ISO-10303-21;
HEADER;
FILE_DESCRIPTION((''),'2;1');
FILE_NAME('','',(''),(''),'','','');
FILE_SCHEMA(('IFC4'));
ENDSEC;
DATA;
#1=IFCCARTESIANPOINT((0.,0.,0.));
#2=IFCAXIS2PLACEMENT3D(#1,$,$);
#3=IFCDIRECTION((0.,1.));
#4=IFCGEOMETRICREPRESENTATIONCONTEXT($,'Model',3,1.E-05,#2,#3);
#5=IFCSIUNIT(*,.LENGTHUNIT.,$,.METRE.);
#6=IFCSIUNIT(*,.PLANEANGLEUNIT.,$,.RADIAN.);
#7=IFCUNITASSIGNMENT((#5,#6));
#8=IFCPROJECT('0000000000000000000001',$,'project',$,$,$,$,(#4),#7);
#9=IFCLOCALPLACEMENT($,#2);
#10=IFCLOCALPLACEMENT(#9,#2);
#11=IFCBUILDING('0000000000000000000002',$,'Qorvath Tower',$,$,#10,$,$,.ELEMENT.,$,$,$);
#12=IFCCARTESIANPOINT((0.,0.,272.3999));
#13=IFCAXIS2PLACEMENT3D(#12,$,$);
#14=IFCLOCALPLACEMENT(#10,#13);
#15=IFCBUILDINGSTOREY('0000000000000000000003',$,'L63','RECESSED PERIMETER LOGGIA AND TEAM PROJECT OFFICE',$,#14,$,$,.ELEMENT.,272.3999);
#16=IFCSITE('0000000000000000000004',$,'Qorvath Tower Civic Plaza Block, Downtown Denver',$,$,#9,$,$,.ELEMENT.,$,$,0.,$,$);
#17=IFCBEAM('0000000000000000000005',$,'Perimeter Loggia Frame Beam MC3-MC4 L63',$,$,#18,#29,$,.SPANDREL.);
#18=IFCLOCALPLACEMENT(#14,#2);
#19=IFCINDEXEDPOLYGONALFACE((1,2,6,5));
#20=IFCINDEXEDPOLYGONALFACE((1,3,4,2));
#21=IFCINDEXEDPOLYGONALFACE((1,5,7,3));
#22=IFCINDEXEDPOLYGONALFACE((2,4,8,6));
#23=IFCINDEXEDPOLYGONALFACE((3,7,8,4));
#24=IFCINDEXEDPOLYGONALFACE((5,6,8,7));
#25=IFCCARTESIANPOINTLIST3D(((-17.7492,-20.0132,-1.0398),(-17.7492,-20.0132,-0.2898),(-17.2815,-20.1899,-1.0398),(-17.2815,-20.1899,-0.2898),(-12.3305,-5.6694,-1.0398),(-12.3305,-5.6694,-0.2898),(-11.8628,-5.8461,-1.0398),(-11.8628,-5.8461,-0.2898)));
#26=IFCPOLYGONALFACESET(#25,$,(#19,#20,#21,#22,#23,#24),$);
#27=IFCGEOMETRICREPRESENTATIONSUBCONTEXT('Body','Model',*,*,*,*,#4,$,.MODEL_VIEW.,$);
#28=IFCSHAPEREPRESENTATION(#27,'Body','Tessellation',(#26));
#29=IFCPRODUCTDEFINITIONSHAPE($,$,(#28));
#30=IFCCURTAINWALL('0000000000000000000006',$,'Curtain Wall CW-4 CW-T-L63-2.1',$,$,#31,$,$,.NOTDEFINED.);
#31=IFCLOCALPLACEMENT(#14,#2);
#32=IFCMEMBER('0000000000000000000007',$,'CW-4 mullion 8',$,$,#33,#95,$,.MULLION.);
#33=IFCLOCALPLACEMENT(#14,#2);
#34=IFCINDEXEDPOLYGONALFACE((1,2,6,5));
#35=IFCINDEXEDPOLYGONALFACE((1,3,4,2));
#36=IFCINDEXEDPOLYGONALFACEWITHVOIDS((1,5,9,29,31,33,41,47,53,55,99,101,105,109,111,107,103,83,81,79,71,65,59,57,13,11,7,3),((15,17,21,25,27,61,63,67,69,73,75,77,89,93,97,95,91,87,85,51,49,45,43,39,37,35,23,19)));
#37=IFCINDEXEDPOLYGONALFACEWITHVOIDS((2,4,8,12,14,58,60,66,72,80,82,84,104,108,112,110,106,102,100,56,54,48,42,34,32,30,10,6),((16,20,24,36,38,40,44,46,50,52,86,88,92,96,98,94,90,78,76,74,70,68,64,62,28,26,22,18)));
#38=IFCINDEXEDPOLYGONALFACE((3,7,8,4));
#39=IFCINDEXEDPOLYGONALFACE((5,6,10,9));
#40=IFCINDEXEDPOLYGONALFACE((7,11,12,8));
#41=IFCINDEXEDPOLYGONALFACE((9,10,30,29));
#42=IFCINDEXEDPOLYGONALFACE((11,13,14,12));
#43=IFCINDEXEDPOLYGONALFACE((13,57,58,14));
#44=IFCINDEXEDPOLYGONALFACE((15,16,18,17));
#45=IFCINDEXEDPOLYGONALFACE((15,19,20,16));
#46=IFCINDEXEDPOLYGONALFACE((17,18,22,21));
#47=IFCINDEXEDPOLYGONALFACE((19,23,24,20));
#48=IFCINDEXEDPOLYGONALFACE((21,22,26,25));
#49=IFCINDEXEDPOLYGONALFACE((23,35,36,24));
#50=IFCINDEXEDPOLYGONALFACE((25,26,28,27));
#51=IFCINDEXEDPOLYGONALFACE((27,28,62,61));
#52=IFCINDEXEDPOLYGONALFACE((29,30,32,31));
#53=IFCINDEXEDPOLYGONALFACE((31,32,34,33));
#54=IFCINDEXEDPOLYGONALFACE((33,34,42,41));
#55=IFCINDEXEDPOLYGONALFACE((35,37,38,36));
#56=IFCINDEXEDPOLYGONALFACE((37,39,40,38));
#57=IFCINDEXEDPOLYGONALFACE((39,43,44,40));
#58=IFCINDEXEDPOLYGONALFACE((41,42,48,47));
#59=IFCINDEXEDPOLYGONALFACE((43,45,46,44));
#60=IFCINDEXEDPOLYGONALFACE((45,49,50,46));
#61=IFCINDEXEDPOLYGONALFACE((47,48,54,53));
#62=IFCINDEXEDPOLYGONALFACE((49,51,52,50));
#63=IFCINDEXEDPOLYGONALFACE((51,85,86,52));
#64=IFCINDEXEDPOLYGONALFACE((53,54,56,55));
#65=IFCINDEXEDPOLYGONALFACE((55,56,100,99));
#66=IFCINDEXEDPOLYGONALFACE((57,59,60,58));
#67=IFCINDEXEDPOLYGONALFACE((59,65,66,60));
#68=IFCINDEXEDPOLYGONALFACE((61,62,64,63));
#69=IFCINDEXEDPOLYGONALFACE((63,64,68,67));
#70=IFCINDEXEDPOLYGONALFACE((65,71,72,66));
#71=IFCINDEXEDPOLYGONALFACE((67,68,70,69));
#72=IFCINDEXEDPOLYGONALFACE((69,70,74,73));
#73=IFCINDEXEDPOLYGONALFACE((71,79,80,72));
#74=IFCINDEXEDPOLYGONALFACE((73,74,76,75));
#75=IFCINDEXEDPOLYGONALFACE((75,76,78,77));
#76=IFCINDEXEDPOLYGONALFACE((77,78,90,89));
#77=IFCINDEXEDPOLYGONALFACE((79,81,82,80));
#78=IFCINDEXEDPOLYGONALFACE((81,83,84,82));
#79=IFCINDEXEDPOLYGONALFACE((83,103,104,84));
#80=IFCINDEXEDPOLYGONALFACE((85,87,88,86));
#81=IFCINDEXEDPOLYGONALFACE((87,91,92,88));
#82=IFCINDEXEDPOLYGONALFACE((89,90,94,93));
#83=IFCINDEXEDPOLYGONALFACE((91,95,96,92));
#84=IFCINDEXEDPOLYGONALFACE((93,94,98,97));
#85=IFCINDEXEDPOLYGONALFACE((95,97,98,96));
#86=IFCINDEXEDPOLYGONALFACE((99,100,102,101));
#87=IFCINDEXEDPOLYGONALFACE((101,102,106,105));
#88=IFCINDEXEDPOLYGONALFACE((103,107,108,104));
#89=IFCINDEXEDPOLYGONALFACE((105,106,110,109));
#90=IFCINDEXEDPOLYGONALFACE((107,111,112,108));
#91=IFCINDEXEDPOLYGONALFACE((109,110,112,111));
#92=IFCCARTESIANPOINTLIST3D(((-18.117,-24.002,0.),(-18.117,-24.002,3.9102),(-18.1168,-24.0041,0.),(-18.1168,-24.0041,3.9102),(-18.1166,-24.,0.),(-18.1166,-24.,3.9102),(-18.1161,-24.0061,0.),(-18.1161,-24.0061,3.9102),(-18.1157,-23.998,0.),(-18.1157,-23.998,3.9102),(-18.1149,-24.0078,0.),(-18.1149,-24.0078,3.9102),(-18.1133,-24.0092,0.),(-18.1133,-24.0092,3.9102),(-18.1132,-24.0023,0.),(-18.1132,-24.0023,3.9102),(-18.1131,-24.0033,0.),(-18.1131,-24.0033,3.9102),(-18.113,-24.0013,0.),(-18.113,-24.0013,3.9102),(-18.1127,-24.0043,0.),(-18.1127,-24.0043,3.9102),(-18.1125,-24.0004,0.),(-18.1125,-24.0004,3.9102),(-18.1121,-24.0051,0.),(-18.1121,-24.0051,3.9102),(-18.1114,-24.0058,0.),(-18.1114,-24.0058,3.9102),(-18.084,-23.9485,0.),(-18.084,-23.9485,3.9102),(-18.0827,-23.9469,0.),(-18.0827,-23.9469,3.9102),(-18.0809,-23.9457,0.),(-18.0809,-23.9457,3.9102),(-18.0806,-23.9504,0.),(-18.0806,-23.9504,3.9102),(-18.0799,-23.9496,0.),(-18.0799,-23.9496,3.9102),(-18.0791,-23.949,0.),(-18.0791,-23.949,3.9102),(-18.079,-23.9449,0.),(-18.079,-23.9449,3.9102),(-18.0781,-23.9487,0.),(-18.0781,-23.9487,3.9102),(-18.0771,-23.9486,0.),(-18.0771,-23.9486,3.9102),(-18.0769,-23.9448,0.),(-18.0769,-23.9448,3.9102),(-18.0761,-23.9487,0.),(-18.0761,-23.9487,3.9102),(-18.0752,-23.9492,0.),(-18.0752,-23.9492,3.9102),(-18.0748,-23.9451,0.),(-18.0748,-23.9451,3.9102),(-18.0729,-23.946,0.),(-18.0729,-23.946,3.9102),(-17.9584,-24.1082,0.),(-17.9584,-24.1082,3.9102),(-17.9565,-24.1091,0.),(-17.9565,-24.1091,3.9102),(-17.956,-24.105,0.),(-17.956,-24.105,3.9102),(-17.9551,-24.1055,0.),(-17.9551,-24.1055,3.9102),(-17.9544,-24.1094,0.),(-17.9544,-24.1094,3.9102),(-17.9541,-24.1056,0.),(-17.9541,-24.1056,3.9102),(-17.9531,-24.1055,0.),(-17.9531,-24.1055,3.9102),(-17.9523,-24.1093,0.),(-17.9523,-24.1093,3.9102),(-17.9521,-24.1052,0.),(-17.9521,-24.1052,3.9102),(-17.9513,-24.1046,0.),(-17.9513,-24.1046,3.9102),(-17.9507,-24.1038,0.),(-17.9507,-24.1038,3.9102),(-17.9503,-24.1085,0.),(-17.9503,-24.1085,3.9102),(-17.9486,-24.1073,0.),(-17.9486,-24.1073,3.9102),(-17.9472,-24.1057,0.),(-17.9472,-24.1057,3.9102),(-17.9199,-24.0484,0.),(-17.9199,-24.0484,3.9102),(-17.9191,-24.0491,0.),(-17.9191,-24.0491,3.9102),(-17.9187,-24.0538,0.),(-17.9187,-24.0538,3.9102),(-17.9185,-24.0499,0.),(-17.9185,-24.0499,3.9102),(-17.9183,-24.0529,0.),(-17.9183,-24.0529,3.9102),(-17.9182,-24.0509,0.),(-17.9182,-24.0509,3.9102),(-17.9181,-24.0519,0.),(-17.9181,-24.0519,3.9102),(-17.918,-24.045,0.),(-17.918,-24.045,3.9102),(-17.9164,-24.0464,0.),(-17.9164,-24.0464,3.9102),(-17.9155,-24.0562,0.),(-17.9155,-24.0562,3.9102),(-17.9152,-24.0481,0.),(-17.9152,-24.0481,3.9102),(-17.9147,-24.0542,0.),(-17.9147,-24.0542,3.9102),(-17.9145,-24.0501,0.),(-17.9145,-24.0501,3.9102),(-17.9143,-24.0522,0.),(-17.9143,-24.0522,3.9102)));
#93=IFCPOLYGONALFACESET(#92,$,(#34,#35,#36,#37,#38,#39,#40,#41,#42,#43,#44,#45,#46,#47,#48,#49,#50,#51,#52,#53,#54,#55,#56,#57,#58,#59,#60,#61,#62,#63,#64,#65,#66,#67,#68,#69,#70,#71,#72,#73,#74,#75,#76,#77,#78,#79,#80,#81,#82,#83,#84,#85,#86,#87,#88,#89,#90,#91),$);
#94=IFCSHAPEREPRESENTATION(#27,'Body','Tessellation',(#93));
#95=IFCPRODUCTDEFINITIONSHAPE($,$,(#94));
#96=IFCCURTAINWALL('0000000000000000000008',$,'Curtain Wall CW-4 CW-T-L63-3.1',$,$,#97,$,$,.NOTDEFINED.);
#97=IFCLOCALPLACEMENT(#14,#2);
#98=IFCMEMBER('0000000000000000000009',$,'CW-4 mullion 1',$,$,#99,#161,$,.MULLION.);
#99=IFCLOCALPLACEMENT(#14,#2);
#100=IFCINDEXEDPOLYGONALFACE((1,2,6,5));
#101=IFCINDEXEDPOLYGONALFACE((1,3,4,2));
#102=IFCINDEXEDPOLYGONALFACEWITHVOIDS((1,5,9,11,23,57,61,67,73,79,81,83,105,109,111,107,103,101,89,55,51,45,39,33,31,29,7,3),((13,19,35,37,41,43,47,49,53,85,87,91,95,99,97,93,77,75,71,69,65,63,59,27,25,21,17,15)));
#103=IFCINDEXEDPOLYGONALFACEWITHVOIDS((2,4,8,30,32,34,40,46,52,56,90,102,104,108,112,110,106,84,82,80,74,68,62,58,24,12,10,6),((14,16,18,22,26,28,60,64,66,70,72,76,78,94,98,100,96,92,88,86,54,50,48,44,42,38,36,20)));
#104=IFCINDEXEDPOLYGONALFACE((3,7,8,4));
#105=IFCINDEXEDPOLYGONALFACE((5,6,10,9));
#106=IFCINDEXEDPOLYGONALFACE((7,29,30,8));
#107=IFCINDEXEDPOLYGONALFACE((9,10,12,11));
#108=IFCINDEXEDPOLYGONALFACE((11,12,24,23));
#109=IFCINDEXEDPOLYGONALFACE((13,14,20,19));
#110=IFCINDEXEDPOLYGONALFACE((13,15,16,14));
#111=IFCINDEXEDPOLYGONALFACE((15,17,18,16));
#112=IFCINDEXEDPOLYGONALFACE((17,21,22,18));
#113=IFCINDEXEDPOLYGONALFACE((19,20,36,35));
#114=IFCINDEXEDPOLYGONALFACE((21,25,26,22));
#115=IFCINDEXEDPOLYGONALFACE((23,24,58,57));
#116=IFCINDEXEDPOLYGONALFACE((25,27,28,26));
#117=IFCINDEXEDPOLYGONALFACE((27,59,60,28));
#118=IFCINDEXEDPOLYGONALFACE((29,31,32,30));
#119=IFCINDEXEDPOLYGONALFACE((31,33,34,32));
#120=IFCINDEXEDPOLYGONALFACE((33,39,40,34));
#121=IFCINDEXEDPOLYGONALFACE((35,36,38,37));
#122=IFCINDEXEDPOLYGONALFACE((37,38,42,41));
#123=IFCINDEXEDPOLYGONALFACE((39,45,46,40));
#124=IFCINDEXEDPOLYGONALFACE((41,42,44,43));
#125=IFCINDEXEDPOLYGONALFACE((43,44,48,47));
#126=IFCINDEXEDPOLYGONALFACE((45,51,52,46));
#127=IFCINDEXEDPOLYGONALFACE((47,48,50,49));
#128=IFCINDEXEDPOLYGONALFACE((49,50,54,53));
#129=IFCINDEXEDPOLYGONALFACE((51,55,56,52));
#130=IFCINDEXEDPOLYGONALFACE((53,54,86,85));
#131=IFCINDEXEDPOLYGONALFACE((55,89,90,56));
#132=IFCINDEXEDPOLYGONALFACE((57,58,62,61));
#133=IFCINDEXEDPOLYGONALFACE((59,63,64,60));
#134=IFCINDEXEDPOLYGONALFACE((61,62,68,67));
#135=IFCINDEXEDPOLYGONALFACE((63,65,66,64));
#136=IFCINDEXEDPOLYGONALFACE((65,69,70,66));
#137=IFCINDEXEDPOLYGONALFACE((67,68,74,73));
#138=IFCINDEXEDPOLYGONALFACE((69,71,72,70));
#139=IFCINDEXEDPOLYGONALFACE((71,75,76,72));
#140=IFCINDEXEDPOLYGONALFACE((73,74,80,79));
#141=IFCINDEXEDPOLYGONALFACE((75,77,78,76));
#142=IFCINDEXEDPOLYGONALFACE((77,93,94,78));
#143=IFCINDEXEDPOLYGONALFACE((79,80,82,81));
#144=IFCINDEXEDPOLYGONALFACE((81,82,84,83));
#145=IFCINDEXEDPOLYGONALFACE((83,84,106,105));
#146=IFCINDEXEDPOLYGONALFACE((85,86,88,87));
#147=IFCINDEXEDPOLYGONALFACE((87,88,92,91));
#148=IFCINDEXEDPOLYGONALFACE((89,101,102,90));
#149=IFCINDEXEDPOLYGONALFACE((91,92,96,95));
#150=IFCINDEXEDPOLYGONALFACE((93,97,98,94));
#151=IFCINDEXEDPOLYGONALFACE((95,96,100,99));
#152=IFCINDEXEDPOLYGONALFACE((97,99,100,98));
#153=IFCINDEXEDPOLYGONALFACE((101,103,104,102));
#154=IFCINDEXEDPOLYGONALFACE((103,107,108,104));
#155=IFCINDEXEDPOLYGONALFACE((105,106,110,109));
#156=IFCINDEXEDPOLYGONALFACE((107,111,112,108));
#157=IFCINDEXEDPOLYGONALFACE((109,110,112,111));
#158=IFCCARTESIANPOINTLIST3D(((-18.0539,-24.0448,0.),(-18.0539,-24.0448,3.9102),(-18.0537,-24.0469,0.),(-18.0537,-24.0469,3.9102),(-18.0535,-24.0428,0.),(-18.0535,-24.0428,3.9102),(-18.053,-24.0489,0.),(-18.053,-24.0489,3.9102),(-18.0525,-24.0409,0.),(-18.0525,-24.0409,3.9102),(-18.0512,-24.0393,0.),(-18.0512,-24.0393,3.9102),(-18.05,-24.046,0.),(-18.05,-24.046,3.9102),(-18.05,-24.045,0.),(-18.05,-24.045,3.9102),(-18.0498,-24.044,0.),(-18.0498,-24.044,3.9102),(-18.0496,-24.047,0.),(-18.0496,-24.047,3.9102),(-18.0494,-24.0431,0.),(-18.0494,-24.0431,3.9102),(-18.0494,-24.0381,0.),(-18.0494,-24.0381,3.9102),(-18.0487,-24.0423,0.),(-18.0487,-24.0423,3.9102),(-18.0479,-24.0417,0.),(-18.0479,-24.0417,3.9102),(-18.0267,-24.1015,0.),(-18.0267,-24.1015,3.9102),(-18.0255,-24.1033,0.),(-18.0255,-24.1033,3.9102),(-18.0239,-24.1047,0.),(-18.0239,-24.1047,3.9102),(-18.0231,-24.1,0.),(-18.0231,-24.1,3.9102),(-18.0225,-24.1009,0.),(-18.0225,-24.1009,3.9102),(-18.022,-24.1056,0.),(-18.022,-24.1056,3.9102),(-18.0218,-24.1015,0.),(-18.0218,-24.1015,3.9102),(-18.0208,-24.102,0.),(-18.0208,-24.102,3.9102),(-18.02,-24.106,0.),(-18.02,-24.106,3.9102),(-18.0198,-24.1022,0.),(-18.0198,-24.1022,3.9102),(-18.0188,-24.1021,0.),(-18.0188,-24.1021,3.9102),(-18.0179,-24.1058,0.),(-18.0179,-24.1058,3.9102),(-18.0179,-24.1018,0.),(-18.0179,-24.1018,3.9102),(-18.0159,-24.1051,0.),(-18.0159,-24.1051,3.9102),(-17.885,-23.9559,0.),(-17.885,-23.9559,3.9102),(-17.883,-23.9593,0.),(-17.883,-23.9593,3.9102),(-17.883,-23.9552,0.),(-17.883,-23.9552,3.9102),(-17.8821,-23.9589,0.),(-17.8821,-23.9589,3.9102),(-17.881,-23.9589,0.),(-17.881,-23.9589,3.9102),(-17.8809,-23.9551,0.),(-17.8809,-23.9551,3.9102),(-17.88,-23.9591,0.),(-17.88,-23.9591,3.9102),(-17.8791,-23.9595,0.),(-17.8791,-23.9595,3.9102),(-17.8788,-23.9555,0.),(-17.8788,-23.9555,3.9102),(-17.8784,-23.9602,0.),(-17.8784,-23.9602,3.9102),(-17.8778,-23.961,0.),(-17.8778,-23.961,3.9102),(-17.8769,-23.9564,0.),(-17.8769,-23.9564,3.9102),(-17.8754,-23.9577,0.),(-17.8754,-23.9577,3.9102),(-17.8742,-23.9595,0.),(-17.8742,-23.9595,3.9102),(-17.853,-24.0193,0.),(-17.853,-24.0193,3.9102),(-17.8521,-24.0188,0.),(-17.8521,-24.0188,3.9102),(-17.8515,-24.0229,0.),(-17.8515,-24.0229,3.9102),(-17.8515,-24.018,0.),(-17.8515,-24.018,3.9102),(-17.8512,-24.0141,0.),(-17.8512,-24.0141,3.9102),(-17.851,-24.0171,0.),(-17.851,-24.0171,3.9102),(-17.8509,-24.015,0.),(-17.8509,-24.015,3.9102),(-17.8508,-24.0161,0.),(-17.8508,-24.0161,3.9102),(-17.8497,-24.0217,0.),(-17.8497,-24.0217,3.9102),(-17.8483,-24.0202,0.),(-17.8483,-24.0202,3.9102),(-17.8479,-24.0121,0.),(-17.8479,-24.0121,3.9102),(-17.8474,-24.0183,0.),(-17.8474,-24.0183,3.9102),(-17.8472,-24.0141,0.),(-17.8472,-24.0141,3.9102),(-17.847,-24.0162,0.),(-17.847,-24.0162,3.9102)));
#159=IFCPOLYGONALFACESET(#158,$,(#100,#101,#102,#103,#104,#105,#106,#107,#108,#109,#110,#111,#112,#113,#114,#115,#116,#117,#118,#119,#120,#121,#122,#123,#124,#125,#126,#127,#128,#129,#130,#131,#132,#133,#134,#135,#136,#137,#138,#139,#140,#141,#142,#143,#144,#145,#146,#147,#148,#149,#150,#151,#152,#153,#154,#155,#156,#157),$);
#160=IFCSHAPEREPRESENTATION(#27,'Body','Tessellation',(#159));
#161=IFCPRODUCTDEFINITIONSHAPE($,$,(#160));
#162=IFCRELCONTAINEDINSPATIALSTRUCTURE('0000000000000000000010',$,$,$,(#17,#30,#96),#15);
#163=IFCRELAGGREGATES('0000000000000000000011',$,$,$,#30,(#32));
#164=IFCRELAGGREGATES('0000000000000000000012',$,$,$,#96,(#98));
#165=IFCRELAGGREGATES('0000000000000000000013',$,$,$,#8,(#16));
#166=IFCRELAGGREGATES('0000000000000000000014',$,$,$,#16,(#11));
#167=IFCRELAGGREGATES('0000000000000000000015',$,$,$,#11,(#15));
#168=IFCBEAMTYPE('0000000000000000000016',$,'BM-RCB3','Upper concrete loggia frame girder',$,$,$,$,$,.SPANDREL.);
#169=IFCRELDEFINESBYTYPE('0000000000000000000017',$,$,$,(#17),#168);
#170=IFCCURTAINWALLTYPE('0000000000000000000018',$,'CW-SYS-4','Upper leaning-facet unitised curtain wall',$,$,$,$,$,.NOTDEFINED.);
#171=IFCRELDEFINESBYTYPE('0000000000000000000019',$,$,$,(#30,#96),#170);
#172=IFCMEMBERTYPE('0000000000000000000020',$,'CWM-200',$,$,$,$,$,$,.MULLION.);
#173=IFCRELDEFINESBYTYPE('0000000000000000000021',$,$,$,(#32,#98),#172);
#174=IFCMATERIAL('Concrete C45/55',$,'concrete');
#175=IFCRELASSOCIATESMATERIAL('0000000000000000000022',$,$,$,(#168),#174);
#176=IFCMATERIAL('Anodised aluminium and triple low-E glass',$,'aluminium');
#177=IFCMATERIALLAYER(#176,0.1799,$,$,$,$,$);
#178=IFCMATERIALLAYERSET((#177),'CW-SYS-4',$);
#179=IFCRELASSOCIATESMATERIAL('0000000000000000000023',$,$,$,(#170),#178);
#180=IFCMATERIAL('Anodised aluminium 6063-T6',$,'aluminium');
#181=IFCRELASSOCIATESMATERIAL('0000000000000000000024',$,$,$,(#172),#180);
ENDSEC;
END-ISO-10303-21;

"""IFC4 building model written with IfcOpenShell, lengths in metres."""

from ifc_helpers import new_model, si_unit, direction, frame, origin, origin_2d, place, context, subcontext, project, spatial, rectangle, hollow_rectangle, extrude, material, layer, layer_set, material_profile, profile_set, type_object, element, aggregate, save


model = new_model("IFC4")

# Units and contexts
model_context = context("Model", 3, precision=1e-05, world=origin(), true_north=direction((0.0, 1.0)))
body_context = subcontext(model_context, "Body", "Model", "MODEL_VIEW")
ifc_project = project(units=[si_unit("LENGTHUNIT", "METRE"), si_unit("PLANEANGLEUNIT", "RADIAN")], contexts=[model_context])

# Site, building, storey
site_placement = place(None, origin())
site = spatial("IfcSite", under=ifc_project, at=site_placement, Name="Qorvath Tower Civic Plaza Block, Downtown Denver", CompositionType="ELEMENT", RefElevation=0.0)
building_placement = place(site_placement, origin())
building = spatial("IfcBuilding", under=site, at=building_placement, Name="Qorvath Tower", CompositionType="ELEMENT")
storey_placement = place(building_placement, frame((0.0, 0.0, 272.3999)))
storey = spatial("IfcBuildingStorey", under=building, at=storey_placement, Name="L63", Description="RECESSED PERIMETER LOGGIA AND TEAM PROJECT OFFICE", CompositionType="ELEMENT", Elevation=272.3999)

# Beam
ifc_material_1 = material(Name="Concrete C45/55", Category="concrete")
ifc_material_profile_1 = material_profile(ifc_material_1, rectangle(XDim=0.5, YDim=0.75, at=origin_2d()), Name="RCB 750x500")
ifc_profile_set_1 = profile_set([ifc_material_profile_1], Name="Concrete C45/55")
beam_type_1 = type_object("IfcBeamType", Name="BM-RCB3", Description="Upper concrete loggia frame girder", PredefinedType="SPANDREL", material=ifc_profile_set_1)
beam_1_placement = place(storey_placement, frame((-17.5154, -20.1016, -0.6648), z_axis=(0.353398, 0.935473, 0.0), x_axis=(-0.935473, 0.353398, 0.0)))
element("IfcBeam", 1, at=beam_1_placement, inside=storey, type_object=beam_type_1, Name="Perimeter Loggia Frame Beam MC3-MC4 L63", PredefinedType="SPANDREL", context=body_context, shape_type="SweptSolid", body=[
    extrude(rectangle(XDim=0.5, YDim=0.75, at=origin_2d()), origin(), (0.0, 0.0, 1.0), 15.3333),
])

# Curtain wall, member
ifc_material_2 = material(Name="Anodised aluminium and triple low-E glass", Category="aluminium")
ifc_layer_1 = layer(ifc_material_2, 0.1799)
ifc_layer_set_1 = layer_set([ifc_layer_1], Name="CW-SYS-4")
curtain_wall_type = type_object("IfcCurtainWallType", Name="CW-SYS-4", Description="Upper leaning-facet unitised curtain wall", PredefinedType="NOTDEFINED", material=ifc_layer_set_1)
curtain_wall_1_placement = place(storey_placement, origin())
curtain_wall_1 = element("IfcCurtainWall", 2, at=curtain_wall_1_placement, inside=storey, type_object=curtain_wall_type, Name="Curtain Wall CW-4 CW-T-L63-2.1", PredefinedType="NOTDEFINED")
ifc_material_3 = material(Name="Anodised aluminium 6063-T6", Category="aluminium")
ifc_material_profile_2 = material_profile(ifc_material_3, hollow_rectangle(XDim=0.075, YDim=0.2, WallThickness=0.0039, InnerFilletRadius=0.0039, OuterFilletRadius=0.0081, at=origin_2d()), Name="CWM 200x75")
ifc_profile_set_2 = profile_set([ifc_material_profile_2], Name="Anodised aluminium 6063-T6")
member_type_1 = type_object("IfcMemberType", Name="CWM-200", PredefinedType="MULLION", material=ifc_profile_set_2)
member_1_placement = place(storey_placement, frame((-18.0156, -24.0271, 0.0), z_axis=(0.0, 0.0, 1.0), x_axis=(0.538534, 0.842604, 0.0)))
member_1 = element("IfcMember", 3, at=member_1_placement, type_object=member_type_1, Name="CW-4 mullion 8", PredefinedType="MULLION", context=body_context, shape_type="SweptSolid", body=[
    extrude(hollow_rectangle(XDim=0.075, YDim=0.2, WallThickness=0.0039, InnerFilletRadius=0.0039, OuterFilletRadius=0.0081, at=origin_2d()), origin(), (0.0, 0.0, 1.0), 3.9102),
])
aggregate(curtain_wall_1, [member_1])

# Curtain wall, member
curtain_wall_2_placement = place(storey_placement, origin())
curtain_wall_2 = element("IfcCurtainWall", 4, at=curtain_wall_2_placement, inside=storey, type_object=curtain_wall_type, Name="Curtain Wall CW-4 CW-T-L63-3.1", PredefinedType="NOTDEFINED")
member_2_placement = place(storey_placement, frame((-17.9504, -24.0305, 0.0), z_axis=(0.0, 0.0, 1.0), x_axis=(-0.447245, 0.894412, 0.0)))
member_2 = element("IfcMember", 5, at=member_2_placement, type_object=member_type_1, Name="CW-4 mullion 1", PredefinedType="MULLION", context=body_context, shape_type="SweptSolid", body=[
    extrude(hollow_rectangle(XDim=0.075, YDim=0.2, WallThickness=0.0039, InnerFilletRadius=0.0039, OuterFilletRadius=0.0081, at=origin_2d()), origin(), (0.0, 0.0, 1.0), 3.9102),
])

aggregate(curtain_wall_2, [member_2])

save(model, "model.ifc")
